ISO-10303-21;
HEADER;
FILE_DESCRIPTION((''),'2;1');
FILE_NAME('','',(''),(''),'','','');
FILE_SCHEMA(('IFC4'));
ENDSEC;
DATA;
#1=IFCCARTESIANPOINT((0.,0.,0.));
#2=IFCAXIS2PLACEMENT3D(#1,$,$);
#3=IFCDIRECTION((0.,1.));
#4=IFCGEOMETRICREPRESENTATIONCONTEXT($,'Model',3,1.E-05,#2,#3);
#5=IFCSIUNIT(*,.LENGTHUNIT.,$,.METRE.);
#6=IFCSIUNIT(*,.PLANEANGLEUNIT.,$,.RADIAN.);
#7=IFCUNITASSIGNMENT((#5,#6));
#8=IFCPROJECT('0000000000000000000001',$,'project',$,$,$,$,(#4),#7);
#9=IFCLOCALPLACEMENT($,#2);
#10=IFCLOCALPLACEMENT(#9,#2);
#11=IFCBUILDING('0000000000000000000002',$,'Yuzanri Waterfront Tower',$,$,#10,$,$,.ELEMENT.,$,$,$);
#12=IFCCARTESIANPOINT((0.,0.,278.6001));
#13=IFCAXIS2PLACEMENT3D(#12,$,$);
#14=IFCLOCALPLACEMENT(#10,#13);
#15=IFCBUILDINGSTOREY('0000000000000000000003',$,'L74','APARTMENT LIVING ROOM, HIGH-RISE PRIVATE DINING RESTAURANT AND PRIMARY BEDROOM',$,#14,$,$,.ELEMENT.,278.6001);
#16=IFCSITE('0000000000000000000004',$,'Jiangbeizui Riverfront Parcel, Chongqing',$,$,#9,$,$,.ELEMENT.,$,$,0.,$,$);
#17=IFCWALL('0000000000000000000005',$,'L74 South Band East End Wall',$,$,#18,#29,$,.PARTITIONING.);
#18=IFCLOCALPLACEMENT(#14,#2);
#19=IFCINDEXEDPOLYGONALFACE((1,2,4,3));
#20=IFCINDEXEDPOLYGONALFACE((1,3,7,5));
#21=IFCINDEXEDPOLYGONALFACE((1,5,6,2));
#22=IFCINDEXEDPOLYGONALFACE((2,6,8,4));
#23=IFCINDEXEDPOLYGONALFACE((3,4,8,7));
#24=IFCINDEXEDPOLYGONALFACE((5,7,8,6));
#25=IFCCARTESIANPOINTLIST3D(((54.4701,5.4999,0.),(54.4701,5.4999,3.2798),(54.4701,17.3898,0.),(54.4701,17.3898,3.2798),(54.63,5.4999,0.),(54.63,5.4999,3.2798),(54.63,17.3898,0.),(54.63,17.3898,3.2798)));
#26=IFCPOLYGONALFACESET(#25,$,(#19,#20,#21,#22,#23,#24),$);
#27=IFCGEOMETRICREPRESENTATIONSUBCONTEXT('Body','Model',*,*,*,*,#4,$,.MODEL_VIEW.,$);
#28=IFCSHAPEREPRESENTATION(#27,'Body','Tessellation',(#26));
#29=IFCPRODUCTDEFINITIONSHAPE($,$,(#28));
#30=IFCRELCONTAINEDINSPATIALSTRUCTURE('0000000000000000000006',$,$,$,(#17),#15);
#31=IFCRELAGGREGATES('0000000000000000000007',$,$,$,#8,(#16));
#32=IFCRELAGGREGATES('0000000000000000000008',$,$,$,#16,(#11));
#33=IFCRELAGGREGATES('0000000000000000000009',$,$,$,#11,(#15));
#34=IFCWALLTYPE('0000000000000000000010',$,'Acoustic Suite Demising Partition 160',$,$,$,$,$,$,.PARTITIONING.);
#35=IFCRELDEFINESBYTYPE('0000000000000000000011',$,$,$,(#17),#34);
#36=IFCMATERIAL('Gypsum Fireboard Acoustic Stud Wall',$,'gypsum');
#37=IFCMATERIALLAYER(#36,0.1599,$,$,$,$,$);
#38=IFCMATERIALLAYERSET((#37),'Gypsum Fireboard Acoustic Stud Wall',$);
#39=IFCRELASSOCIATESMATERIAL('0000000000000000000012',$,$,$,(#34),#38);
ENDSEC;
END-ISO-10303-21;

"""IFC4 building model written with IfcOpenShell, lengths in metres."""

from ifc_helpers import new_model, si_unit, direction, frame, frame_2d, origin, place, context, subcontext, project, spatial, rectangle, extrude, source, transform, mapped, material, layer, layer_set, type_object, element, save


model = new_model("IFC4")

# Units and contexts
model_context = context("Model", 3, precision=1e-05, world=origin(), true_north=direction((0.0, 1.0)))
body_context = subcontext(model_context, "Body", "Model", "MODEL_VIEW")
ifc_project = project(units=[si_unit("LENGTHUNIT", "METRE"), si_unit("PLANEANGLEUNIT", "RADIAN")], contexts=[model_context])

# Site, building, storey
site_placement = place(None, origin())
site = spatial("IfcSite", under=ifc_project, at=site_placement, Name="Jiangbeizui Riverfront Parcel, Chongqing", CompositionType="ELEMENT", RefElevation=0.0)
building_placement = place(site_placement, origin())
building = spatial("IfcBuilding", under=site, at=building_placement, Name="Yuzanri Waterfront Tower", CompositionType="ELEMENT")
storey_placement = place(building_placement, frame((0.0, 0.0, 278.6001)))
storey = spatial("IfcBuildingStorey", under=building, at=storey_placement, Name="L74", Description="APARTMENT LIVING ROOM, HIGH-RISE PRIVATE DINING RESTAURANT AND PRIMARY BEDROOM", CompositionType="ELEMENT", Elevation=278.6001)

# Wall
ifc_material_1 = material(Name="Gypsum Fireboard Acoustic Stud Wall", Category="gypsum")
ifc_layer_1 = layer(ifc_material_1, 0.1599)
ifc_layer_set_1 = layer_set([ifc_layer_1], Name="Gypsum Fireboard Acoustic Stud Wall")
wall_type_1 = type_object("IfcWallType", Name="Acoustic Suite Demising Partition 160", PredefinedType="PARTITIONING", material=ifc_layer_set_1)
shared_shape_1 = source(origin(), body_context, "Body", "SweptSolid", [
    extrude(rectangle(XDim=11.8899, YDim=0.1599, at=frame_2d((5.9448, 0.0))), origin(), (0.0, 0.0, 1.0), 3.2798),
])
wall_1_placement = place(storey_placement, frame((54.55, 5.5, 0.0), z_axis=(0.0, 0.0, 1.0), x_axis=(0.0, 1.0, 0.0)))
element("IfcWall", 1, at=wall_1_placement, inside=storey, type_object=wall_type_1, Name="L74 South Band East End Wall", PredefinedType="PARTITIONING", context=body_context, shape_type="MappedRepresentation", body=[
    mapped(shared_shape_1, transform((0.0, 0.0, 0.0), scale=1.0)),
])

save(model, "model.ifc")
